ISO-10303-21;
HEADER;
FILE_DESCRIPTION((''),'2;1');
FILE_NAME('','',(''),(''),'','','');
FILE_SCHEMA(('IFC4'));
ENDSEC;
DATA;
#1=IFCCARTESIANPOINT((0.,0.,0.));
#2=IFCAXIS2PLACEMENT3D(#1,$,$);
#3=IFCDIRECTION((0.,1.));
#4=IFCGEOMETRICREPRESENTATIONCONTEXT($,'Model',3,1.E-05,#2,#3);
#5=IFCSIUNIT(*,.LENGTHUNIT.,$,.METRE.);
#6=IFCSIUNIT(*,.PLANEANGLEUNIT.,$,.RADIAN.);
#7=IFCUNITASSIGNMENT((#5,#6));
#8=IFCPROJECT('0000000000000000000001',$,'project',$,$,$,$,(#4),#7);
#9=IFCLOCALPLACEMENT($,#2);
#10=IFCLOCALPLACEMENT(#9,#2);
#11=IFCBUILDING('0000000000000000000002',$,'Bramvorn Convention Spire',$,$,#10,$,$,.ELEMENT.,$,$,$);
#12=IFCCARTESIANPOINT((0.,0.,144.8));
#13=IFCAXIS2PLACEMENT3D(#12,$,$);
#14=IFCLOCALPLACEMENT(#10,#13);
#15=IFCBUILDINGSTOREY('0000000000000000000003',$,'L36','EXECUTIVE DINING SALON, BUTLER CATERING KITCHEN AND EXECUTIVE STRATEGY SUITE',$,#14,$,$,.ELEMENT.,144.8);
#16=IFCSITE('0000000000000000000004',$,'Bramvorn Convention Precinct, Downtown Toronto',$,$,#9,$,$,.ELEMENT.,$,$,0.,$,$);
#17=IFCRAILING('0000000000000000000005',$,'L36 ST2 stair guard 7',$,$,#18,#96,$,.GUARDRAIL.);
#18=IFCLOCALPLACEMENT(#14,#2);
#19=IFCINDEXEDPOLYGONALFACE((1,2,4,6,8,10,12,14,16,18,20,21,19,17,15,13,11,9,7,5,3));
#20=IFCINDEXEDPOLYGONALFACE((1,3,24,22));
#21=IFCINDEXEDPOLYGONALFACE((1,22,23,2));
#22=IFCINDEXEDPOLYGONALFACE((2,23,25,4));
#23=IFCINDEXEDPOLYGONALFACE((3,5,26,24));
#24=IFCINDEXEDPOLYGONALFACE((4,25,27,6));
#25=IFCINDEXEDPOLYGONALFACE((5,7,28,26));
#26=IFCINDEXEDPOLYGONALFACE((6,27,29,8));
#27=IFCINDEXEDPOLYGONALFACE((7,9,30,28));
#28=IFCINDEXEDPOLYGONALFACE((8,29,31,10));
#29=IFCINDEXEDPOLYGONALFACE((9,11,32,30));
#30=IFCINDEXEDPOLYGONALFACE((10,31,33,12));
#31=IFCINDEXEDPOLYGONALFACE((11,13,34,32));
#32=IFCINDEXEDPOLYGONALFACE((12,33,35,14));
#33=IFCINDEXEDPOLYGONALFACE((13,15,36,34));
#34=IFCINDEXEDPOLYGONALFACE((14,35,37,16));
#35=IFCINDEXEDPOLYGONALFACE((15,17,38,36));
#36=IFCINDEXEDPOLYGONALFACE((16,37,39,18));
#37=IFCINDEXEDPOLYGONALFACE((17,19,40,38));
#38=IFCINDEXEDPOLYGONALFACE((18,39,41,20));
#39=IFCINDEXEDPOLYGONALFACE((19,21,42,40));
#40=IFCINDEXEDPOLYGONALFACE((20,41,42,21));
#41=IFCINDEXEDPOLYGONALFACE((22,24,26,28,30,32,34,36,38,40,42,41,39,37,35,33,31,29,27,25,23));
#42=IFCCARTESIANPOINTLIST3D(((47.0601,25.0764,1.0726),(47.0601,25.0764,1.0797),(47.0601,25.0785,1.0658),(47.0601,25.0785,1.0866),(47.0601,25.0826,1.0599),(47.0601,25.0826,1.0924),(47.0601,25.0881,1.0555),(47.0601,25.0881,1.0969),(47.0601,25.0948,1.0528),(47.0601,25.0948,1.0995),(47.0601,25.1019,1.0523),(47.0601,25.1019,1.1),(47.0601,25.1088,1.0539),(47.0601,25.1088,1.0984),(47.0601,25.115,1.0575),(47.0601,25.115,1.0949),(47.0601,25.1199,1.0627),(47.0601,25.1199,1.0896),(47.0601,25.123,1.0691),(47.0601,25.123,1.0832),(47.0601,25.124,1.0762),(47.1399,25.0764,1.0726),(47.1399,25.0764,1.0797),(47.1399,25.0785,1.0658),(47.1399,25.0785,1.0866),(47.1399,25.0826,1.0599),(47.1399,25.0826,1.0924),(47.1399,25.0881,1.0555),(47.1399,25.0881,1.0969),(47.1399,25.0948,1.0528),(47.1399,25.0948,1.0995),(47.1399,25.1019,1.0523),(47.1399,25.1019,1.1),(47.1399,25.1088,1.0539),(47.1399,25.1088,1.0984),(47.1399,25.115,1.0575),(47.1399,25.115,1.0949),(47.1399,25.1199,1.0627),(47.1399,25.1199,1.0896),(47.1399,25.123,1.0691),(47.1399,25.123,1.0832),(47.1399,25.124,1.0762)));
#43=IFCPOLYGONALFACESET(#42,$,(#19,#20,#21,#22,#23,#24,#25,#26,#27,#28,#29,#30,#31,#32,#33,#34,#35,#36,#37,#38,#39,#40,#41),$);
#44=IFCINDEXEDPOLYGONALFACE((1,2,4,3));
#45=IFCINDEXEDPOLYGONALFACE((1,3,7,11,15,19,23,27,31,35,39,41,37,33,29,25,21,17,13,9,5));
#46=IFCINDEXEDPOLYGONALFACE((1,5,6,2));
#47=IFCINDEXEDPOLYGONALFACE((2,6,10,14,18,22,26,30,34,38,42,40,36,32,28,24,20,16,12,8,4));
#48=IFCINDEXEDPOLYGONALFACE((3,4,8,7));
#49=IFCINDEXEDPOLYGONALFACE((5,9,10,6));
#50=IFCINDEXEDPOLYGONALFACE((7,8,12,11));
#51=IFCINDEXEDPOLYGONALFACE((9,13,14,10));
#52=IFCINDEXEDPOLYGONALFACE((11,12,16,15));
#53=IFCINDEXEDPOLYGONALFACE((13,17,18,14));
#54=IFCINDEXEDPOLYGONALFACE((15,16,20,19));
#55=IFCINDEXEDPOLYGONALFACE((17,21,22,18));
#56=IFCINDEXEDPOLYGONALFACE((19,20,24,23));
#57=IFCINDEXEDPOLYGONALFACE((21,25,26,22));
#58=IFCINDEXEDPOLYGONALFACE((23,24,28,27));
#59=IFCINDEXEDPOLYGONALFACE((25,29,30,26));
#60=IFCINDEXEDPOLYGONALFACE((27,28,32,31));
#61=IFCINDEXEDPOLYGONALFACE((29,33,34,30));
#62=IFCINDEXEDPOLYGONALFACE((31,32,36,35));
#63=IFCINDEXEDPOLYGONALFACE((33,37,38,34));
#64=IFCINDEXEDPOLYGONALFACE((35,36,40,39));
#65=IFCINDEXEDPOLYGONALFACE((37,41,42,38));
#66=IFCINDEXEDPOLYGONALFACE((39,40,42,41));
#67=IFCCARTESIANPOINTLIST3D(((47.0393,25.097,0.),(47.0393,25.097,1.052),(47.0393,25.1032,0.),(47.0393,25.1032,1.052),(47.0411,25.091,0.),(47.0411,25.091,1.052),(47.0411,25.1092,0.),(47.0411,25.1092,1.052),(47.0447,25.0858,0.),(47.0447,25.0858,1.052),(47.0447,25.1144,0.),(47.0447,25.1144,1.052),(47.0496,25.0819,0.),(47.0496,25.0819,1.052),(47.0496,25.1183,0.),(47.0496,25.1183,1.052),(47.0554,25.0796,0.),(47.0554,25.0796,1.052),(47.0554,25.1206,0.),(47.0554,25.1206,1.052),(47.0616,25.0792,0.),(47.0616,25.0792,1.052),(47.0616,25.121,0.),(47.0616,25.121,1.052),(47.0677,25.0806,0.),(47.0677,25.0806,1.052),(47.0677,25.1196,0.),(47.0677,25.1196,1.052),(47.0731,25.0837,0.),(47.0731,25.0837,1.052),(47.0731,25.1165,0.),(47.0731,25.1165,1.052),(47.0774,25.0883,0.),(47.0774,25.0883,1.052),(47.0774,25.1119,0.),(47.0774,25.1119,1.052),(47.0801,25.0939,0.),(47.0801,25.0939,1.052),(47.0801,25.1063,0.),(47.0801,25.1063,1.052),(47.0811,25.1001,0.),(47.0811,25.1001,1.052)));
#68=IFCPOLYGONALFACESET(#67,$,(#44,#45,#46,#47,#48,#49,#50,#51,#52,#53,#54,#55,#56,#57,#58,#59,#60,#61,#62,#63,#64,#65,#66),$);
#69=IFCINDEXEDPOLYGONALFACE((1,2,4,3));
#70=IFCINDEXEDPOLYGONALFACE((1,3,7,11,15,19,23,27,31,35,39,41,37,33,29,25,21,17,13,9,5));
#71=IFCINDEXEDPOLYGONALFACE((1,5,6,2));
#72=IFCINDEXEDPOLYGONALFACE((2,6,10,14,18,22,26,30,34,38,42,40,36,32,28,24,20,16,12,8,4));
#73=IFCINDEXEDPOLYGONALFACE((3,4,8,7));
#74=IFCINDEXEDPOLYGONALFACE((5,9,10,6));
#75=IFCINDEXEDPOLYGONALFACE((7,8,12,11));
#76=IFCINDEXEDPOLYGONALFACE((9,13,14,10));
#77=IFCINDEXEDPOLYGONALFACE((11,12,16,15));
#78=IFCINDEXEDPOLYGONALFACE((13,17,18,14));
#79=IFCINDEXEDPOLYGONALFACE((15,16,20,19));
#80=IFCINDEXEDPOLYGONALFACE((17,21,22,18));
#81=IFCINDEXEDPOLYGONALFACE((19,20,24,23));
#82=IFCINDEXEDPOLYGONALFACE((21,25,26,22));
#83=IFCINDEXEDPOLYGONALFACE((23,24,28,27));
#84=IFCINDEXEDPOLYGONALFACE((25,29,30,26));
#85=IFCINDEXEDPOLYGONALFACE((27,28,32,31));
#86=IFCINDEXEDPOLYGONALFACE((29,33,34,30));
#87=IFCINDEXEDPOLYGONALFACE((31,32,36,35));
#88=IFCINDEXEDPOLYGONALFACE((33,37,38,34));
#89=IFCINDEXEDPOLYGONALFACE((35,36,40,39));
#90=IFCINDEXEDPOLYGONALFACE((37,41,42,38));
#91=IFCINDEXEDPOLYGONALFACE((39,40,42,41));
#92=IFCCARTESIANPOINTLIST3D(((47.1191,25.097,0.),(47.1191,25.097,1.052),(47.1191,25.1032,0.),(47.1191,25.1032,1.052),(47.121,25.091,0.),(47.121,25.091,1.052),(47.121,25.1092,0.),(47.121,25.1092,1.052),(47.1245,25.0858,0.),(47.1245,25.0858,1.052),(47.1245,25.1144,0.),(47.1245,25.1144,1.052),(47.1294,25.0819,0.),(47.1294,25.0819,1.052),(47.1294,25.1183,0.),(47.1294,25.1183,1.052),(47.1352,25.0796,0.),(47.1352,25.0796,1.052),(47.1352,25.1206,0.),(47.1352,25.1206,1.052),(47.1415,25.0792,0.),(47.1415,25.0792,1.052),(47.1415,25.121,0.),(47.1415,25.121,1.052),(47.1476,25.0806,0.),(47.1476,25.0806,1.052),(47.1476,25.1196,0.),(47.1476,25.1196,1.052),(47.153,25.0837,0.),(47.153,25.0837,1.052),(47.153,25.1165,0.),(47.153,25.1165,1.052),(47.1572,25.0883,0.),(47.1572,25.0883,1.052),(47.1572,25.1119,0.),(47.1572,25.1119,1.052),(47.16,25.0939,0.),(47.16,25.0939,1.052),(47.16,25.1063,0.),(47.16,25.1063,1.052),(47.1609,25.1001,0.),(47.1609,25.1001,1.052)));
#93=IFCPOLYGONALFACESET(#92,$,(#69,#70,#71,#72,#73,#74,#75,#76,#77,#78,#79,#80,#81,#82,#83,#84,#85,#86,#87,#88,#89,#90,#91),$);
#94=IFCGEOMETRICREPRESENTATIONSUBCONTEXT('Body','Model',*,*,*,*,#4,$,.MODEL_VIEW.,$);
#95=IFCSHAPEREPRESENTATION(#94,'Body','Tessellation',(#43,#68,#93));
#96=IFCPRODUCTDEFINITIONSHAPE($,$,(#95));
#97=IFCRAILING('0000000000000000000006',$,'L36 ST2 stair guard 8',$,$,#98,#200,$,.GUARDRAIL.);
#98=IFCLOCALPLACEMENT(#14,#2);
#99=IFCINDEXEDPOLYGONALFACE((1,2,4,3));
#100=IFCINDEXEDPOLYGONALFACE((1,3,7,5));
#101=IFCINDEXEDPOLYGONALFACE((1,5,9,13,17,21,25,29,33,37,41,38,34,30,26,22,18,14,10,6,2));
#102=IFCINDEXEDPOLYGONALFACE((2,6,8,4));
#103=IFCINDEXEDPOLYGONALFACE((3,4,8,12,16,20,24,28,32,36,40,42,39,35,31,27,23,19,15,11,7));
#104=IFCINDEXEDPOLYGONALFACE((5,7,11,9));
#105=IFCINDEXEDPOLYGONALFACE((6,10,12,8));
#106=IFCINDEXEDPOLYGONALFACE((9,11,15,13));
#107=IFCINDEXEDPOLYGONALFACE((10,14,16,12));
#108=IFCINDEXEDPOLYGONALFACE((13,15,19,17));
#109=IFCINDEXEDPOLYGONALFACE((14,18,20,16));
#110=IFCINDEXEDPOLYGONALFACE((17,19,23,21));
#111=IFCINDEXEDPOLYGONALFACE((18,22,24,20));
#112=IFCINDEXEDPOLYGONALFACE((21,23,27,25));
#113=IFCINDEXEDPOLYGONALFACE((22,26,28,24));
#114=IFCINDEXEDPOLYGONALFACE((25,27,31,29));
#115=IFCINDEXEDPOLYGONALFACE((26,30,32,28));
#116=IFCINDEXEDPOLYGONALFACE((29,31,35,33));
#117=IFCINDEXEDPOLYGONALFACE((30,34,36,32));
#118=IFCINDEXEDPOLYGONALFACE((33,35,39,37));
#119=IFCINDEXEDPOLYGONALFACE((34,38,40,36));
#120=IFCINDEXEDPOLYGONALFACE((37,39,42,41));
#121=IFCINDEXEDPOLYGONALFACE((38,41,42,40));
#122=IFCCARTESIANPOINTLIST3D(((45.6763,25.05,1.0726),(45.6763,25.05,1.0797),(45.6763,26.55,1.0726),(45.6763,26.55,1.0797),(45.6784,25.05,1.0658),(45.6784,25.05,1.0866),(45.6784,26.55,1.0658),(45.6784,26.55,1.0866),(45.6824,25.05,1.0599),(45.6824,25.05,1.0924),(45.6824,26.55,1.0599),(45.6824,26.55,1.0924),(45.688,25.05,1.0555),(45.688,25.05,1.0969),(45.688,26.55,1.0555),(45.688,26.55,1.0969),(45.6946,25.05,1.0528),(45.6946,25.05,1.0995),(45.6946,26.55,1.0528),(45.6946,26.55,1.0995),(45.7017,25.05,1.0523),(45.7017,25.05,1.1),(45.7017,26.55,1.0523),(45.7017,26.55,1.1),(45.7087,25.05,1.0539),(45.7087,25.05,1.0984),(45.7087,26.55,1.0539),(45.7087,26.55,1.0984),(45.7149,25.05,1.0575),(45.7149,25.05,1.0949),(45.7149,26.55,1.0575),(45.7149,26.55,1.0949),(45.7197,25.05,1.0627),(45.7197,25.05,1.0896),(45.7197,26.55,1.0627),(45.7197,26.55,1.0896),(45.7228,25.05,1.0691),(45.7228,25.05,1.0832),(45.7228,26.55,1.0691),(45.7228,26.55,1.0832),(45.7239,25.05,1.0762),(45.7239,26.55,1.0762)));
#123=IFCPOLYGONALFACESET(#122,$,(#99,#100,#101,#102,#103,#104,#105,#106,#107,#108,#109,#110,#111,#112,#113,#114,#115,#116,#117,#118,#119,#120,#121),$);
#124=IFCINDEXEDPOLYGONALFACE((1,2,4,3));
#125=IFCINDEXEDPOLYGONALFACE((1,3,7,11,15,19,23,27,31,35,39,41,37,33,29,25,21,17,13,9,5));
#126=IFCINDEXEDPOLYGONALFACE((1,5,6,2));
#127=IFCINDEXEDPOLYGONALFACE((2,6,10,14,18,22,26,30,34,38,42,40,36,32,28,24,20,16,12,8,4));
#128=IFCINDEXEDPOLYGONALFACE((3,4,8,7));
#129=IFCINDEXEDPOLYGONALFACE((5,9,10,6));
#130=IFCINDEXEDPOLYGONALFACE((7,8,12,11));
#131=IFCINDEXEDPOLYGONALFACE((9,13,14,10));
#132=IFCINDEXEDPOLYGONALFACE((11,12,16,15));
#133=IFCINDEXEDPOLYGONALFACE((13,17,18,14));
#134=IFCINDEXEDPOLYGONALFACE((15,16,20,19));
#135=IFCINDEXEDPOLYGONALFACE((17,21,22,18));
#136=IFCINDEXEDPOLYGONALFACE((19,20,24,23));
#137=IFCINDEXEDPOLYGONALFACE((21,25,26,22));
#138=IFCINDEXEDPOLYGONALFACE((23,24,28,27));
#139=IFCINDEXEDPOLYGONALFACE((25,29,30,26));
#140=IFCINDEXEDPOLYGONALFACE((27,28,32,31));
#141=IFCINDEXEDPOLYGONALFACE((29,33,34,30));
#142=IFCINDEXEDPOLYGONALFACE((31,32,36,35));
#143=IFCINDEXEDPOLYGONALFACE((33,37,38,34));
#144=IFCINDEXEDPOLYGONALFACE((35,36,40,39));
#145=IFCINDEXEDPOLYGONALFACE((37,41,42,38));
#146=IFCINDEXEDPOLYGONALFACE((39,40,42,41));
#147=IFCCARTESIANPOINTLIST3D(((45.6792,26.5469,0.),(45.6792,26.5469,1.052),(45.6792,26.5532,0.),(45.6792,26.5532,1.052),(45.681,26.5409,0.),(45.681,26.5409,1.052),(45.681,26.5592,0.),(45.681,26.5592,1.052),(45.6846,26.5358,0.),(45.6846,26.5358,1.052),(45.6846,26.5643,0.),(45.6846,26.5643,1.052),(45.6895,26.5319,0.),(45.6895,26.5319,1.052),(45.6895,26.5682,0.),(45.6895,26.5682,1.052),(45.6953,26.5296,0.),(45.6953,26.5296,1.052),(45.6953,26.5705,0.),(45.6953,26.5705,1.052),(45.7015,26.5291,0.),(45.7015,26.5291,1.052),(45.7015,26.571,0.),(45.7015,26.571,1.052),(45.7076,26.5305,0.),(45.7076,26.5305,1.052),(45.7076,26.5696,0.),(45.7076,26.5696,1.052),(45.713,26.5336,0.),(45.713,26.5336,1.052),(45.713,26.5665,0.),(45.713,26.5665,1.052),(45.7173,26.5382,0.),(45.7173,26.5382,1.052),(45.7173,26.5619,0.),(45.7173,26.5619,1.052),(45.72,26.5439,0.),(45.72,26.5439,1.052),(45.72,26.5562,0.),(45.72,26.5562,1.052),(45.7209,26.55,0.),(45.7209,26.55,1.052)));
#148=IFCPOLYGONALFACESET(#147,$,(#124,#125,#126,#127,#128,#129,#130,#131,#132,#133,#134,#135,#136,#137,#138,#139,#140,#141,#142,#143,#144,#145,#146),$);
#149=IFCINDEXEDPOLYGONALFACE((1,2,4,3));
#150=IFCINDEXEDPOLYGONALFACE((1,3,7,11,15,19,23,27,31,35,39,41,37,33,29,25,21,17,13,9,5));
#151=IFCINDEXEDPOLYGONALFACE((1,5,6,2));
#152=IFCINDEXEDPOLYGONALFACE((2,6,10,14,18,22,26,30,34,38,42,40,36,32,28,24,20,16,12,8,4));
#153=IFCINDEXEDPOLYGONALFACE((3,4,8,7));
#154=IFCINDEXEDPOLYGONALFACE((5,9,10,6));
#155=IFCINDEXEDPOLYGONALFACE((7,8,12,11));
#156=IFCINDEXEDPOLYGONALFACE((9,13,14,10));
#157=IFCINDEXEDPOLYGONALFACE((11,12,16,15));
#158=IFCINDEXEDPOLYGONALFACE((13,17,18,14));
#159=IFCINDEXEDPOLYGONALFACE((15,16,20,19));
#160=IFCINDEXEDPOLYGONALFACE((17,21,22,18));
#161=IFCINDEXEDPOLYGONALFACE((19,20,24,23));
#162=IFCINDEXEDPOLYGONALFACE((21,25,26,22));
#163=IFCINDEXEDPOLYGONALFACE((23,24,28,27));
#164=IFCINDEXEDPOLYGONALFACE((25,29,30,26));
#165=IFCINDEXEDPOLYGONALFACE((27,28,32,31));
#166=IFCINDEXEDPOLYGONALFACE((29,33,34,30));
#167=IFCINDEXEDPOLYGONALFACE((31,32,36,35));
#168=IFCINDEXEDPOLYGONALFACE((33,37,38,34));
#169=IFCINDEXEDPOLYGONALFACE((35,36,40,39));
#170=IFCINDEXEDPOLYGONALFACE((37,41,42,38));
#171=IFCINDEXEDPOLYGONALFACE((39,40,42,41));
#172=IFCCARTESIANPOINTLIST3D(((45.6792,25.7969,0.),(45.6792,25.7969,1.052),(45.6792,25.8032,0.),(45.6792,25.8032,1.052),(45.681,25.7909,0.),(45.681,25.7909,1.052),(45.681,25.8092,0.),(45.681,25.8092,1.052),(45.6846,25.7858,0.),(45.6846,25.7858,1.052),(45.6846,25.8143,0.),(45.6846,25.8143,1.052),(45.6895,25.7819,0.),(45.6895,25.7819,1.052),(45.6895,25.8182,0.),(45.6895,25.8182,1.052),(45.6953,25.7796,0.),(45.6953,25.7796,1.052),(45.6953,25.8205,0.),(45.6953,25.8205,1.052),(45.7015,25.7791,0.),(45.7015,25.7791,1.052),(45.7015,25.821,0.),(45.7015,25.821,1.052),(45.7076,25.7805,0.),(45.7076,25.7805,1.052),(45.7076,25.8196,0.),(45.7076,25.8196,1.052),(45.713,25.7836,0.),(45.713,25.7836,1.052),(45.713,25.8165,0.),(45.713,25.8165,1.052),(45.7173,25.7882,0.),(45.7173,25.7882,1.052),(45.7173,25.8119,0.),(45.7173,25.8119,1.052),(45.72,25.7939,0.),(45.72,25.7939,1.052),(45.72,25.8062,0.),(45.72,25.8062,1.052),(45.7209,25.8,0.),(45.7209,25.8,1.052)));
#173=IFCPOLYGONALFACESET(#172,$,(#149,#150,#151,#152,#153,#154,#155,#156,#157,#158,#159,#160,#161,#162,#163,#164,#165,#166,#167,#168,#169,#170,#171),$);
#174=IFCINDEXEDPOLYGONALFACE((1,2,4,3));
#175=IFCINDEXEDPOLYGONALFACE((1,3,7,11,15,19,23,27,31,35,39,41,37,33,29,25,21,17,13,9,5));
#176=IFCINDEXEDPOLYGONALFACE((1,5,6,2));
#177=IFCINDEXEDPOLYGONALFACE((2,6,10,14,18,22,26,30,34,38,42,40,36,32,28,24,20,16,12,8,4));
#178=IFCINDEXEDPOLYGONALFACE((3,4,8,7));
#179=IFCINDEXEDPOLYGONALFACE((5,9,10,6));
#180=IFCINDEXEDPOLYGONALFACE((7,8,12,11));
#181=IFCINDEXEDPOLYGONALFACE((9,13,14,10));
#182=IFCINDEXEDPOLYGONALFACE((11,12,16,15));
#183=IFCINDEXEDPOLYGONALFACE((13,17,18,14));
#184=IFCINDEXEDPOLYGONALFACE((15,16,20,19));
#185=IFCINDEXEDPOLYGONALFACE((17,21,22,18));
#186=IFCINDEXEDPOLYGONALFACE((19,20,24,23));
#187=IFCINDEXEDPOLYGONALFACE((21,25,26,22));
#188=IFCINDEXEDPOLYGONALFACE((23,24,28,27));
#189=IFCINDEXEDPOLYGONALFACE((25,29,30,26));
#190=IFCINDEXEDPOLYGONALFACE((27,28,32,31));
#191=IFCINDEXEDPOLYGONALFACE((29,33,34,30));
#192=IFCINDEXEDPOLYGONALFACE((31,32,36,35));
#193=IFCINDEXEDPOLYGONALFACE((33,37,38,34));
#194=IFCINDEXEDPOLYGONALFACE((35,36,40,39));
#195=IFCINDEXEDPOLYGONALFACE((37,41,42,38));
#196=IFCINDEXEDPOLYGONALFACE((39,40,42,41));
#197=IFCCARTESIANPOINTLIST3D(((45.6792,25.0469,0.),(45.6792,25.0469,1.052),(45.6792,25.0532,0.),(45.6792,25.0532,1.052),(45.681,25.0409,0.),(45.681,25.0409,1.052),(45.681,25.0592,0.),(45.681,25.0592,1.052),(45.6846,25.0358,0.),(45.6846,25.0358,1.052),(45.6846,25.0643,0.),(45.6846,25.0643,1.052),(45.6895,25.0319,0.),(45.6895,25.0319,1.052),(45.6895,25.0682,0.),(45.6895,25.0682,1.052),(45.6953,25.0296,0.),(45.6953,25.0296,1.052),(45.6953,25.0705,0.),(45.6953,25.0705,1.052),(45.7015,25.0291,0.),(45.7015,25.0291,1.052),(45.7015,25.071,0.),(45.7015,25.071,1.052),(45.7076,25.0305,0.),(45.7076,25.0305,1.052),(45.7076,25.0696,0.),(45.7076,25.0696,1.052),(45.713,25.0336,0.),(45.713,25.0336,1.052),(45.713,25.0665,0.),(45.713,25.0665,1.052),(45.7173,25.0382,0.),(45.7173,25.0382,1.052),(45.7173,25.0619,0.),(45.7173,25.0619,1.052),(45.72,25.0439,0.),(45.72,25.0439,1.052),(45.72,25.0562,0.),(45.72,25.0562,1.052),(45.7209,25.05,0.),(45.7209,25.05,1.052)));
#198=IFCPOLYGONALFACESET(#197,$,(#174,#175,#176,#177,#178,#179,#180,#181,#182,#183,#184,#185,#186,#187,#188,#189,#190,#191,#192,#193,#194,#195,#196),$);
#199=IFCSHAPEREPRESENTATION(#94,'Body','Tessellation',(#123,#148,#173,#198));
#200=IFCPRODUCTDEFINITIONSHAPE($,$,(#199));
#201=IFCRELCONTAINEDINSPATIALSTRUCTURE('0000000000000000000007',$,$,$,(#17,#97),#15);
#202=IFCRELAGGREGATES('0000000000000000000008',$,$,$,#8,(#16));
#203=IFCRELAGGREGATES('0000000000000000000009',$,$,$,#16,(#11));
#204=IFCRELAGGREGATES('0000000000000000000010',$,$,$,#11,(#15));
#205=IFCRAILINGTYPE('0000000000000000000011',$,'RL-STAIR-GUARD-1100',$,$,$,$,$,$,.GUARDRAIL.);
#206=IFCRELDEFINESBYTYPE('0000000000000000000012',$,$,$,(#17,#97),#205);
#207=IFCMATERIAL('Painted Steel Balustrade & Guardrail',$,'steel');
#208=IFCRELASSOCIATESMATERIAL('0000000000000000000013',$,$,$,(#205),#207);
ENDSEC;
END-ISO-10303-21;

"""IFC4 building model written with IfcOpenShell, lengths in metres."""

from ifc_helpers import new_model, si_unit, direction, frame, origin, origin_2d, place, context, subcontext, project, spatial, circle, extrude, material, type_object, element, save


model = new_model("IFC4")

# Units and contexts
model_context = context("Model", 3, precision=1e-05, world=origin(), true_north=direction((0.0, 1.0)))
body_context = subcontext(model_context, "Body", "Model", "MODEL_VIEW")
ifc_project = project(units=[si_unit("LENGTHUNIT", "METRE"), si_unit("PLANEANGLEUNIT", "RADIAN")], contexts=[model_context])

# Site, building, storey
site_placement = place(None, origin())
site = spatial("IfcSite", under=ifc_project, at=site_placement, Name="Bramvorn Convention Precinct, Downtown Toronto", CompositionType="ELEMENT", RefElevation=0.0)
building_placement = place(site_placement, origin())
building = spatial("IfcBuilding", under=site, at=building_placement, Name="Bramvorn Convention Spire", CompositionType="ELEMENT")
storey_placement = place(building_placement, frame((0.0, 0.0, 144.8)))
storey = spatial("IfcBuildingStorey", under=building, at=storey_placement, Name="L36", Description="EXECUTIVE DINING SALON, BUTLER CATERING KITCHEN AND EXECUTIVE STRATEGY SUITE", CompositionType="ELEMENT", Elevation=144.8)

# Railings
ifc_material_1 = material(Name="Painted Steel Balustrade & Guardrail", Category="steel")
railing_type_1 = type_object("IfcRailingType", Name="RL-STAIR-GUARD-1100", PredefinedType="GUARDRAIL", material=ifc_material_1)
railing_1_placement = place(storey_placement, frame((47.0601, 25.1001, 0.0)))
element("IfcRailing", 1, at=railing_1_placement, inside=storey, type_object=railing_type_1, Name="L36 ST2 stair guard 7", PredefinedType="GUARDRAIL", context=body_context, shape_type="SweptSolid", body=[
    extrude(circle(Radius=0.0239, at=origin_2d()), frame((0.0, 0.0, 1.0762), z_axis=(1.0, 0.0, 0.0), x_axis=(0.0, 1.0, 0.0)), (0.0, 0.0, 1.0), 0.0798),
    extrude(circle(Radius=0.021, at=origin_2d()), origin(), (0.0, 0.0, 1.0), 1.052),
    extrude(circle(Radius=0.021, at=origin_2d()), frame((0.0798, 0.0, 0.0)), (0.0, 0.0, 1.0), 1.052),
])
for number, where, name in (
    (2, (45.7, 26.55, 0.0), "L36 ST2 stair guard 8"),
):
    element("IfcRailing", number, at=place(storey_placement, frame(where)), inside=storey, type_object=railing_type_1, Name=name, PredefinedType="GUARDRAIL", context=body_context, shape_type="SweptSolid", body=[
        extrude(circle(Radius=0.0239, at=origin_2d()), frame((0.0, 0.0, 1.0762), z_axis=(0.0, -1.0, 0.0), x_axis=(1.0, 0.0, 0.0)), (0.0, 0.0, 1.0), 1.5),
        extrude(circle(Radius=0.021, at=origin_2d()), origin(), (0.0, 0.0, 1.0), 1.052),
        extrude(circle(Radius=0.021, at=origin_2d()), frame((0.0, -0.75, 0.0)), (0.0, 0.0, 1.0), 1.052),
        extrude(circle(Radius=0.021, at=origin_2d()), frame((0.0, -1.5, 0.0)), (0.0, 0.0, 1.0), 1.052),
    ])

save(model, "model.ifc")
